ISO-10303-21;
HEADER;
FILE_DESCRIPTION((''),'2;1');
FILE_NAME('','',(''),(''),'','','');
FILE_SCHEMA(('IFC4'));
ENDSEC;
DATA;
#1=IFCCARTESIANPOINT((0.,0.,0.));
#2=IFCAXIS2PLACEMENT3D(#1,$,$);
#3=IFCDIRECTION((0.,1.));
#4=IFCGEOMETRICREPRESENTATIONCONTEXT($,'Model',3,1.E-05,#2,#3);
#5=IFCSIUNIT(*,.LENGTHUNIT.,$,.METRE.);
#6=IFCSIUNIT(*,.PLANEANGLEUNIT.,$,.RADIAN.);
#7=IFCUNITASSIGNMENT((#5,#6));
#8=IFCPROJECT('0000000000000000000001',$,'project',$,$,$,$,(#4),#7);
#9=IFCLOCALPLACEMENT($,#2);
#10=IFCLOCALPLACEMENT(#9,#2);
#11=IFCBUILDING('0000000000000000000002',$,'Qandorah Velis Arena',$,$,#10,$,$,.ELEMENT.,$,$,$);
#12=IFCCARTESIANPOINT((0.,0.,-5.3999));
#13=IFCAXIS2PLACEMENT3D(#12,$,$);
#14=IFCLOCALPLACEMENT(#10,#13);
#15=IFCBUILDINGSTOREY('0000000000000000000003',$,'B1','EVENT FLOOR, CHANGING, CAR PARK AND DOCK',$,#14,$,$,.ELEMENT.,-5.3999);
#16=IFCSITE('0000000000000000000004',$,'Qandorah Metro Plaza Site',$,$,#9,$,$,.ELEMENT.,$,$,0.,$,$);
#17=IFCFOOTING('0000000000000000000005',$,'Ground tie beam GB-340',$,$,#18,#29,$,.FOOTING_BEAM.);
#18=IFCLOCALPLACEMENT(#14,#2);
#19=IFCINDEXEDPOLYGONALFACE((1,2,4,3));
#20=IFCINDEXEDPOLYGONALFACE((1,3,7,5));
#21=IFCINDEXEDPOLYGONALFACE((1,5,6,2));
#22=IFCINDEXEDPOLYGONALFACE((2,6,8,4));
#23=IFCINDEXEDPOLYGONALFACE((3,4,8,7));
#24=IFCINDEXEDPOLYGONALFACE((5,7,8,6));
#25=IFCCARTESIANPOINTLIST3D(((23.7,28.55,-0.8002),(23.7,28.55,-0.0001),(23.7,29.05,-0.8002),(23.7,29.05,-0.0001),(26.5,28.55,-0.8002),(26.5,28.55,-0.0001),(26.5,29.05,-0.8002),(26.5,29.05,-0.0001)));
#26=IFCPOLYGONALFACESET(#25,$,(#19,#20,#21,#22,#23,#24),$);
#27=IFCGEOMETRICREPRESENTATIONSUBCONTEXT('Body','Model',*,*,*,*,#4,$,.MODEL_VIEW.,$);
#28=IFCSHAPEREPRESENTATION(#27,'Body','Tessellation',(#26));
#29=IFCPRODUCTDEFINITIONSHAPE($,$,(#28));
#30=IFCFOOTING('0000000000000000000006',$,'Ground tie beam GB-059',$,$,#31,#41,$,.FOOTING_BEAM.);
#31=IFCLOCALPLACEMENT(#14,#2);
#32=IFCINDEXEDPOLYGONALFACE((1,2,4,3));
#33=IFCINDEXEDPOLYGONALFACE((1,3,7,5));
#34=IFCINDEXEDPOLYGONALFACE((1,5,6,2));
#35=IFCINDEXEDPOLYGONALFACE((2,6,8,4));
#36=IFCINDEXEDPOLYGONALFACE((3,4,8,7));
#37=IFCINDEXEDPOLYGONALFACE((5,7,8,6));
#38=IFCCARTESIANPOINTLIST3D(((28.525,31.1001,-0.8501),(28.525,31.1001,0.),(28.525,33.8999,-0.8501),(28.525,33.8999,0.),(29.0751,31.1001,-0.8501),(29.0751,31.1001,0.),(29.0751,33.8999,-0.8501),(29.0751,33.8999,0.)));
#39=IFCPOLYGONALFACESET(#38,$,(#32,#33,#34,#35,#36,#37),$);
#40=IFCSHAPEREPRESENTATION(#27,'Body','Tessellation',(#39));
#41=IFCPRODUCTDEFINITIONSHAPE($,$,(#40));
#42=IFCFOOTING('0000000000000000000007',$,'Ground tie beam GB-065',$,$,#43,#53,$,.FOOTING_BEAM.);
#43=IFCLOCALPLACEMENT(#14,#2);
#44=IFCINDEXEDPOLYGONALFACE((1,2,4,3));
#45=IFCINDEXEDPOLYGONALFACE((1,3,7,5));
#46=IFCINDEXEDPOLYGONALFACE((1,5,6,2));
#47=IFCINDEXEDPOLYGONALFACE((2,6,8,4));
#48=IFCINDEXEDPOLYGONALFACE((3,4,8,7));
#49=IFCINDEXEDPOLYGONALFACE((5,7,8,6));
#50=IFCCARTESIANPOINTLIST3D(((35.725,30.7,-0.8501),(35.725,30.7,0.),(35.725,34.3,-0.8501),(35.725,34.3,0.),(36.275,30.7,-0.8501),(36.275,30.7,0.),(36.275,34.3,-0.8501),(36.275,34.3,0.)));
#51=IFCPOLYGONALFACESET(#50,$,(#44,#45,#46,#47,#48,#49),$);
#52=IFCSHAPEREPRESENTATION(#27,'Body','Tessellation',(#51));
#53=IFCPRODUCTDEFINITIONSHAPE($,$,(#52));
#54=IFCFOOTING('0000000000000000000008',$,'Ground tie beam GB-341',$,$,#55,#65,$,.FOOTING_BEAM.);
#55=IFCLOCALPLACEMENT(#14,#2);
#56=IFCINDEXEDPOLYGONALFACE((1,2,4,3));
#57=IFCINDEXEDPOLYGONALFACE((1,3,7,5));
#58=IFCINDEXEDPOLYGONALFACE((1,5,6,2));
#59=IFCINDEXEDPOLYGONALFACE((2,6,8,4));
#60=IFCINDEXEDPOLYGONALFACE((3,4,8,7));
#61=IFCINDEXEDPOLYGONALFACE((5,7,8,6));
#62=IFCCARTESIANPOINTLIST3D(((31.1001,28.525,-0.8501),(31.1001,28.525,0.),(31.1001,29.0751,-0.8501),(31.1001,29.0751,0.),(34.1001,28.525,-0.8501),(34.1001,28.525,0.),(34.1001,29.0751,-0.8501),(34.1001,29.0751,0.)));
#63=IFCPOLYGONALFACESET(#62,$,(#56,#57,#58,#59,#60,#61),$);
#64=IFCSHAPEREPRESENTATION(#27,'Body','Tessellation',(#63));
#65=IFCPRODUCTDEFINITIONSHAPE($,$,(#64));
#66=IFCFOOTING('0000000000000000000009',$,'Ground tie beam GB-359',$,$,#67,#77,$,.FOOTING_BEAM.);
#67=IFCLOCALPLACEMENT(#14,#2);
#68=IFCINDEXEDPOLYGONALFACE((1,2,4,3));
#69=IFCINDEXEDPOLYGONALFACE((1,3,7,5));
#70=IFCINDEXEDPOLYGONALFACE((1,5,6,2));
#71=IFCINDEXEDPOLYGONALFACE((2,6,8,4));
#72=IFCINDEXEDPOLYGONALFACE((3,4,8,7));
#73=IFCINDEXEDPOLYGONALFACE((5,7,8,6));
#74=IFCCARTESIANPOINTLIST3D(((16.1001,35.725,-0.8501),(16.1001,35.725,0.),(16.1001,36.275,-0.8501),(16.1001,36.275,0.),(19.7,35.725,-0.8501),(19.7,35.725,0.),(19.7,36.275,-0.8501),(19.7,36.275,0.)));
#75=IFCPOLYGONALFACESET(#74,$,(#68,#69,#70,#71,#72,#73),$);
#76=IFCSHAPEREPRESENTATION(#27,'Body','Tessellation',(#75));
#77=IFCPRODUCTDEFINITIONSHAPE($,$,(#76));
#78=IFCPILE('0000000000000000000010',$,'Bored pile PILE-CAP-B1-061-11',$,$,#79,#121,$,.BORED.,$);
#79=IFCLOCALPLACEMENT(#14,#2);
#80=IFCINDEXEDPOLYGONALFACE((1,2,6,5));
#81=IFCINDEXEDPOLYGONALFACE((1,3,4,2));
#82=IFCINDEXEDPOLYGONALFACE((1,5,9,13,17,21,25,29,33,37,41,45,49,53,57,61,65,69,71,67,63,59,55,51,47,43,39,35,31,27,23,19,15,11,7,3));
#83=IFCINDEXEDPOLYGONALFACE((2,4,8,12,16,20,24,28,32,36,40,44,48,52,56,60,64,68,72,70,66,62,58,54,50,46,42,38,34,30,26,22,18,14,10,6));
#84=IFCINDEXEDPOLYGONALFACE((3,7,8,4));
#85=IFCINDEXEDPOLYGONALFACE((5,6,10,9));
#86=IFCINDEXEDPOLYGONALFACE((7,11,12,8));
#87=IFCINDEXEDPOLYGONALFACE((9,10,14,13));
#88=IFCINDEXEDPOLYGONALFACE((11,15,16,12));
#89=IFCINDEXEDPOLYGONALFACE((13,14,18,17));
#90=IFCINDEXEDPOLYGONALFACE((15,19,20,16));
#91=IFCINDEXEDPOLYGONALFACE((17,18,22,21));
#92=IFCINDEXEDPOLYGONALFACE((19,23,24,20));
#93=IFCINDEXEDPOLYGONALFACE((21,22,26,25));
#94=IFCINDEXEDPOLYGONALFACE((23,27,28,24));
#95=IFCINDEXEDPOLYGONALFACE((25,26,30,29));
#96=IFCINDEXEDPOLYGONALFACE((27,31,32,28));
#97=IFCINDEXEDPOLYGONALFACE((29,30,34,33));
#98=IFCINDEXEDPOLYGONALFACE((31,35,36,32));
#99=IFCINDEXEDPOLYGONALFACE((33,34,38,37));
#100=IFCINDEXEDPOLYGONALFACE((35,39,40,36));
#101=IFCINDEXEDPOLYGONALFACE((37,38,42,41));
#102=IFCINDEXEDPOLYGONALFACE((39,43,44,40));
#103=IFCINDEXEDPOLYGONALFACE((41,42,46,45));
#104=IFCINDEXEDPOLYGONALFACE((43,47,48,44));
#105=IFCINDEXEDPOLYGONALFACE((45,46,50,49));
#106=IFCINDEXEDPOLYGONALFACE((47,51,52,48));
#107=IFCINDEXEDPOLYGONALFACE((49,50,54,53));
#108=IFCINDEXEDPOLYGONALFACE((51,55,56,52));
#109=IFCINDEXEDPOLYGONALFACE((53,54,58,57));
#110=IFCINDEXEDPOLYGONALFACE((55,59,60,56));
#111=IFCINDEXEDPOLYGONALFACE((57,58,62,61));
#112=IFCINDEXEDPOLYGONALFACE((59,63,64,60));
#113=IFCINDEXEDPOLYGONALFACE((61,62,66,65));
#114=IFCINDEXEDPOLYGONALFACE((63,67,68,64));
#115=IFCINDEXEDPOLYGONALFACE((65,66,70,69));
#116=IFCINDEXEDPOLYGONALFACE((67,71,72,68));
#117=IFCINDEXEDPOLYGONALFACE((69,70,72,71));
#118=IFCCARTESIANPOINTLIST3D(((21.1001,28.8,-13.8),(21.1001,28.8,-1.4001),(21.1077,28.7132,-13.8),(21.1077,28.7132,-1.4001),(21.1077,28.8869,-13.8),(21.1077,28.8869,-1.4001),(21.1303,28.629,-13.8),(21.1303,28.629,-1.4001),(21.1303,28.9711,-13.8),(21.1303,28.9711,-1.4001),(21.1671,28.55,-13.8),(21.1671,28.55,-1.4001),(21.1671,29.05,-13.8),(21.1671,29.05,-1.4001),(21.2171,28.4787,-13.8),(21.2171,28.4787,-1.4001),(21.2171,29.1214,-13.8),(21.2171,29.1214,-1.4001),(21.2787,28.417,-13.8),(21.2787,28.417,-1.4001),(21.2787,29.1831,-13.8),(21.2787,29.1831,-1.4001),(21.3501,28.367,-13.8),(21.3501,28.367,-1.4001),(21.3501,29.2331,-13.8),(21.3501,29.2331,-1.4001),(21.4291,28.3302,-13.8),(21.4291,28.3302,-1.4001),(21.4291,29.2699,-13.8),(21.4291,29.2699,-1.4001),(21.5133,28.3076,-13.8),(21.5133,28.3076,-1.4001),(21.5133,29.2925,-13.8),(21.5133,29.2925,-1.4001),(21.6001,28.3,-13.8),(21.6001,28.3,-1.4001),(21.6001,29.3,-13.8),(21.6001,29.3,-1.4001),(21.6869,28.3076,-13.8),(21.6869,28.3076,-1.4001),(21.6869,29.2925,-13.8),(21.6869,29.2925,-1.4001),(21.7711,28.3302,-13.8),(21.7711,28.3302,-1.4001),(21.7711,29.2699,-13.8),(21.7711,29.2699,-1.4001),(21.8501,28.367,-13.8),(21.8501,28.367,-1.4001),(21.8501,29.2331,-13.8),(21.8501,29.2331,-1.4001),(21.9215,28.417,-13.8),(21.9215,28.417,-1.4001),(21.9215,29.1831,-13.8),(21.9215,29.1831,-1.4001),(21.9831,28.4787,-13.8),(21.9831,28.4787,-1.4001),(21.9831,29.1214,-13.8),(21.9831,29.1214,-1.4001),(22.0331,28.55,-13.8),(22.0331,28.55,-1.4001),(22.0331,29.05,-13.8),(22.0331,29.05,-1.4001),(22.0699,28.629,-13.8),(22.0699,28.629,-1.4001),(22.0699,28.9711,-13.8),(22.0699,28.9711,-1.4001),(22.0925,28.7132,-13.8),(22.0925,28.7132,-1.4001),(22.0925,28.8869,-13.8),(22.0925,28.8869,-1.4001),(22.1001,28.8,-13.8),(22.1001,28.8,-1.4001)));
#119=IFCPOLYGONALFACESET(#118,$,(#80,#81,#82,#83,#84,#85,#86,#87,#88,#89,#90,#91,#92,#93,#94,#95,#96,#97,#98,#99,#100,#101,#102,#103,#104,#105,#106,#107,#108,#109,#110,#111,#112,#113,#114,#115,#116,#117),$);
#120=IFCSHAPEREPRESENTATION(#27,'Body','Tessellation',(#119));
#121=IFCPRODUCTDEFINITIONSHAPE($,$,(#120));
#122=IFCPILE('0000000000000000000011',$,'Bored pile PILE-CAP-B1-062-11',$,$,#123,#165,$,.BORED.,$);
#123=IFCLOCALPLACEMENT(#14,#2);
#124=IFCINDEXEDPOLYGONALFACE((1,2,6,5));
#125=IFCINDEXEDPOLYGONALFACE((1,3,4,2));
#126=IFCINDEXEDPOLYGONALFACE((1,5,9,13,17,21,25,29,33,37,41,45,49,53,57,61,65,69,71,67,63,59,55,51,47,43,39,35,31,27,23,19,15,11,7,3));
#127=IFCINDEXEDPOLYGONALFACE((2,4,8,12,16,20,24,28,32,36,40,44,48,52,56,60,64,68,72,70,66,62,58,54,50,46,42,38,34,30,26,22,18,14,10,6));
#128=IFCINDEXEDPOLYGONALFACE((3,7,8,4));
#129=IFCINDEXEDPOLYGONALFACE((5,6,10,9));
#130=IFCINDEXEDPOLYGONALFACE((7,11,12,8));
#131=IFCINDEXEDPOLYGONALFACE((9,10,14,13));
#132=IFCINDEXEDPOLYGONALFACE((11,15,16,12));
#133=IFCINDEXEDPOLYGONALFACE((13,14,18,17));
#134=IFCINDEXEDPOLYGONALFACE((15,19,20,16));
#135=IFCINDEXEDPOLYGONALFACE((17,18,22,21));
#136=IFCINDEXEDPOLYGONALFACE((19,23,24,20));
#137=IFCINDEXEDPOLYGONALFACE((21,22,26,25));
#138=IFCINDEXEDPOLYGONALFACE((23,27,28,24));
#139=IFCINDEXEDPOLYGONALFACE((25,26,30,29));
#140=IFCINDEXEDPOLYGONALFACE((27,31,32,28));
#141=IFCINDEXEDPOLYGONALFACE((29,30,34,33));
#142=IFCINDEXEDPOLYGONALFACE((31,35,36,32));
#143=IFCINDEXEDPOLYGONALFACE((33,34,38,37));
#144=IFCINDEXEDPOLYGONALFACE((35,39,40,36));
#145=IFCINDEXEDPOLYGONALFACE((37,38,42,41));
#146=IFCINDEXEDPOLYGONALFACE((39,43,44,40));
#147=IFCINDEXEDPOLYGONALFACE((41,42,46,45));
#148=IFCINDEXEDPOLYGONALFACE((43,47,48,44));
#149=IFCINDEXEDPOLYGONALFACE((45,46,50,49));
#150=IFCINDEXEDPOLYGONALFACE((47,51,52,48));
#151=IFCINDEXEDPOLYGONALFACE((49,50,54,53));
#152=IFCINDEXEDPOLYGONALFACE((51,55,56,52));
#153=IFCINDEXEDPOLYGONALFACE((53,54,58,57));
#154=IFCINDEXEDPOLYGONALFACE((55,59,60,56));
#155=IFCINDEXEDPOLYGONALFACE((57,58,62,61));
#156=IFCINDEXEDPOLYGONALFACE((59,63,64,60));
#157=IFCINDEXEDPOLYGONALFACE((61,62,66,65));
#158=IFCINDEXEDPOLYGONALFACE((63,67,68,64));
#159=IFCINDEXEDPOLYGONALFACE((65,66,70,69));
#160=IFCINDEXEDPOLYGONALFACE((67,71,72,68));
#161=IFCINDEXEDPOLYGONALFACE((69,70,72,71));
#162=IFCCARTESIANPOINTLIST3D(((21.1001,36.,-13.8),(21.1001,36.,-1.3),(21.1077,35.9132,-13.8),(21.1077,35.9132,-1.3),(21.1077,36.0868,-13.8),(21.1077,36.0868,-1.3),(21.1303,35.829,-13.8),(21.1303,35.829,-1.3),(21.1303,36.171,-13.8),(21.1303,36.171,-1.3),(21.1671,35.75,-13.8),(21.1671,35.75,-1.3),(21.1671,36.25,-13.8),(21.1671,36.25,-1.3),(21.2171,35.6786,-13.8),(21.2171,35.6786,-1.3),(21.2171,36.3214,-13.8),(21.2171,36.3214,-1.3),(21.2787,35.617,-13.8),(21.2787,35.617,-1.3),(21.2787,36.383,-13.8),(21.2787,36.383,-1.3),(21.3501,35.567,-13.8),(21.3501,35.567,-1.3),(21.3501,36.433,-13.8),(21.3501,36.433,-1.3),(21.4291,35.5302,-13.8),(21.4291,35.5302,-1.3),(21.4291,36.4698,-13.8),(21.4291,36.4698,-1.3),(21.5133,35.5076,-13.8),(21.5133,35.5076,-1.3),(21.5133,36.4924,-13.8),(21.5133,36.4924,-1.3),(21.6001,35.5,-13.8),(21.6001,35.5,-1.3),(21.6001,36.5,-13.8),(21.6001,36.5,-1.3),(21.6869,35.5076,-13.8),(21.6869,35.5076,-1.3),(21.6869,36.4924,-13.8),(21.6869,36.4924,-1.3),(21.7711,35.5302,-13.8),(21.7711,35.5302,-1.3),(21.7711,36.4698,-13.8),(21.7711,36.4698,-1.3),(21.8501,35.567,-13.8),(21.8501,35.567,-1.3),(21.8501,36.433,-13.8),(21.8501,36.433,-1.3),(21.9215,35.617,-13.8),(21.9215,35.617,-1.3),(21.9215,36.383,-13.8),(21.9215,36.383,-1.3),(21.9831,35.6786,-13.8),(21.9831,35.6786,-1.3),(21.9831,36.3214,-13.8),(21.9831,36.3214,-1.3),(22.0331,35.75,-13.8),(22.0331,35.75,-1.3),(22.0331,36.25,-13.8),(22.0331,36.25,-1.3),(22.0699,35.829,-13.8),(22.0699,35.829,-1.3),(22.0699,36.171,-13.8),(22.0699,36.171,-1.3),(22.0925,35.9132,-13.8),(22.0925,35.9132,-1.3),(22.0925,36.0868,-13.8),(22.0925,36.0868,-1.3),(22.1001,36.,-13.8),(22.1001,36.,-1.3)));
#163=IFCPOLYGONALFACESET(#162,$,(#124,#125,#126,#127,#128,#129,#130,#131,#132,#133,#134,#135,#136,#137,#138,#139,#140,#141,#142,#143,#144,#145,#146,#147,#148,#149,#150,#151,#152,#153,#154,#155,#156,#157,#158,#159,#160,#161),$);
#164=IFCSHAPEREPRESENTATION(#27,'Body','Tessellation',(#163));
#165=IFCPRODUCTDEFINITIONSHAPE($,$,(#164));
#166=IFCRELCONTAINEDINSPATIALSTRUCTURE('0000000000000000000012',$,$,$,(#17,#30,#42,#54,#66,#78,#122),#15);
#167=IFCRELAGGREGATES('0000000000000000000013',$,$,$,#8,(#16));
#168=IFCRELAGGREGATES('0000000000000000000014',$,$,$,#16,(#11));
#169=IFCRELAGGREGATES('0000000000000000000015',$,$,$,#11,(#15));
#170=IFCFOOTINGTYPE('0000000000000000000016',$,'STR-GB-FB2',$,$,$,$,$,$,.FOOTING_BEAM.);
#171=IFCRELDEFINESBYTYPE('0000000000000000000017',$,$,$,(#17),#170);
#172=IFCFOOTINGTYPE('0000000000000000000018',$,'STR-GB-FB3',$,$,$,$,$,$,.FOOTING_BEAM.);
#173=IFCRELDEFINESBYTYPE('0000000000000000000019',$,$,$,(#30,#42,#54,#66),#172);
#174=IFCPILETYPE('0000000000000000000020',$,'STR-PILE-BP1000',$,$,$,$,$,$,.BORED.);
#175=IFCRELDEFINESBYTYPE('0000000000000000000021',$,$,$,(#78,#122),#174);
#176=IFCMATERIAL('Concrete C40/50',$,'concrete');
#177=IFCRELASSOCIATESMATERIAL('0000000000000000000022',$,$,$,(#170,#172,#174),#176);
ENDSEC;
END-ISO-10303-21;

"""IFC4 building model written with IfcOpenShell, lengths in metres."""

from ifc_helpers import new_model, si_unit, direction, frame, origin, origin_2d, place, context, subcontext, project, spatial, rectangle, circle, extrude, material, material_profile, profile_set, type_object, element, save


model = new_model("IFC4")

# Units and contexts
model_context = context("Model", 3, precision=1e-05, world=origin(), true_north=direction((0.0, 1.0)))
body_context = subcontext(model_context, "Body", "Model", "MODEL_VIEW")
ifc_project = project(units=[si_unit("LENGTHUNIT", "METRE"), si_unit("PLANEANGLEUNIT", "RADIAN")], contexts=[model_context])

# Site, building, storey
site_placement = place(None, origin())
site = spatial("IfcSite", under=ifc_project, at=site_placement, Name="Qandorah Metro Plaza Site", CompositionType="ELEMENT", RefElevation=0.0)
building_placement = place(site_placement, origin())
building = spatial("IfcBuilding", under=site, at=building_placement, Name="Qandorah Velis Arena", CompositionType="ELEMENT")
storey_placement = place(building_placement, frame((0.0, 0.0, -5.3999)))
storey = spatial("IfcBuildingStorey", under=building, at=storey_placement, Name="B1", Description="EVENT FLOOR, CHANGING, CAR PARK AND DOCK", CompositionType="ELEMENT", Elevation=-5.3999)

# Footings
ifc_material = material(Name="Concrete C40/50", Category="concrete")
ifc_material_profile_1 = material_profile(ifc_material, rectangle(XDim=0.5, YDim=0.8, at=origin_2d()), Name="GB2 500x800")
ifc_profile_set_1 = profile_set([ifc_material_profile_1], Name="Concrete C40/50")
footing_type_1 = type_object("IfcFootingType", Name="STR-GB-FB2", PredefinedType="FOOTING_BEAM", material=ifc_profile_set_1)
footing_1_placement = place(storey_placement, frame((23.7, 28.8, -0.4001), z_axis=(1.0, 0.0, 0.0), x_axis=(0.0, 1.0, 0.0)))
element("IfcFooting", 1, at=footing_1_placement, inside=storey, type_object=footing_type_1, Name="Ground tie beam GB-340", PredefinedType="FOOTING_BEAM", context=body_context, shape_type="SweptSolid", body=[
    extrude(rectangle(XDim=0.5, YDim=0.8, at=origin_2d()), origin(), (0.0, 0.0, 1.0), 2.8),
])
ifc_material_profile_2 = material_profile(ifc_material, rectangle(XDim=0.55, YDim=0.8501, at=origin_2d()), Name="GB3 550x850")
ifc_profile_set_2 = profile_set([ifc_material_profile_2], Name="Concrete C40/50")
footing_type_2 = type_object("IfcFootingType", Name="STR-GB-FB3", PredefinedType="FOOTING_BEAM", material=ifc_profile_set_2)
footing_2_placement = place(storey_placement, frame((28.8, 31.1001, -0.425), z_axis=(0.0, 1.0, 0.0), x_axis=(-1.0, 0.0, 0.0)))
element("IfcFooting", 2, at=footing_2_placement, inside=storey, type_object=footing_type_2, Name="Ground tie beam GB-059", PredefinedType="FOOTING_BEAM", context=body_context, shape_type="SweptSolid", body=[
    extrude(rectangle(XDim=0.55, YDim=0.8501, at=origin_2d()), origin(), (0.0, 0.0, 1.0), 2.7998),
])
footing_3_placement = place(storey_placement, frame((36.0, 30.7, -0.425), z_axis=(0.0, 1.0, 0.0), x_axis=(-1.0, 0.0, 0.0)))
element("IfcFooting", 3, at=footing_3_placement, inside=storey, type_object=footing_type_2, Name="Ground tie beam GB-065", PredefinedType="FOOTING_BEAM", context=body_context, shape_type="SweptSolid", body=[
    extrude(rectangle(XDim=0.55, YDim=0.8501, at=origin_2d()), origin(), (0.0, 0.0, 1.0), 3.6001),
])
footing_4_placement = place(storey_placement, frame((31.1001, 28.8, -0.425), z_axis=(1.0, 0.0, 0.0), x_axis=(0.0, 1.0, 0.0)))
element("IfcFooting", 4, at=footing_4_placement, inside=storey, type_object=footing_type_2, Name="Ground tie beam GB-341", PredefinedType="FOOTING_BEAM", context=body_context, shape_type="SweptSolid", body=[
    extrude(rectangle(XDim=0.55, YDim=0.8501, at=origin_2d()), origin(), (0.0, 0.0, 1.0), 3.0),
])
footing_5_placement = place(storey_placement, frame((16.1001, 36.0, -0.425), z_axis=(1.0, 0.0, 0.0), x_axis=(0.0, 1.0, 0.0)))
element("IfcFooting", 5, at=footing_5_placement, inside=storey, type_object=footing_type_2, Name="Ground tie beam GB-359", PredefinedType="FOOTING_BEAM", context=body_context, shape_type="SweptSolid", body=[
    extrude(rectangle(XDim=0.55, YDim=0.8501, at=origin_2d()), origin(), (0.0, 0.0, 1.0), 3.5999),
])

# Piles
ifc_material_profile_3 = material_profile(ifc_material, circle(Radius=0.5, at=origin_2d()), Name="BORED PILE D1000")
ifc_profile_set_3 = profile_set([ifc_material_profile_3], Name="Concrete C40/50")
pile_type_1 = type_object("IfcPileType", Name="STR-PILE-BP1000", PredefinedType="BORED", material=ifc_profile_set_3)
pile_1_placement = place(storey_placement, frame((21.6001, 28.8, -1.4001), z_axis=(0.0, 0.0, -1.0), x_axis=(1.0, 0.0, 0.0)))
element("IfcPile", 6, at=pile_1_placement, inside=storey, type_object=pile_type_1, Name="Bored pile PILE-CAP-B1-061-11", PredefinedType="BORED", context=body_context, shape_type="SweptSolid", body=[
    extrude(circle(Radius=0.5, at=origin_2d()), origin(), (0.0, 0.0, 1.0), 12.3999),
])
pile_2_placement = place(storey_placement, frame((21.6001, 36.0, -1.3), z_axis=(0.0, 0.0, -1.0), x_axis=(1.0, 0.0, 0.0)))
element("IfcPile", 7, at=pile_2_placement, inside=storey, type_object=pile_type_1, Name="Bored pile PILE-CAP-B1-062-11", PredefinedType="BORED", context=body_context, shape_type="SweptSolid", body=[
    extrude(circle(Radius=0.5, at=origin_2d()), origin(), (0.0, 0.0, 1.0), 12.5),
])

save(model, "model.ifc")
